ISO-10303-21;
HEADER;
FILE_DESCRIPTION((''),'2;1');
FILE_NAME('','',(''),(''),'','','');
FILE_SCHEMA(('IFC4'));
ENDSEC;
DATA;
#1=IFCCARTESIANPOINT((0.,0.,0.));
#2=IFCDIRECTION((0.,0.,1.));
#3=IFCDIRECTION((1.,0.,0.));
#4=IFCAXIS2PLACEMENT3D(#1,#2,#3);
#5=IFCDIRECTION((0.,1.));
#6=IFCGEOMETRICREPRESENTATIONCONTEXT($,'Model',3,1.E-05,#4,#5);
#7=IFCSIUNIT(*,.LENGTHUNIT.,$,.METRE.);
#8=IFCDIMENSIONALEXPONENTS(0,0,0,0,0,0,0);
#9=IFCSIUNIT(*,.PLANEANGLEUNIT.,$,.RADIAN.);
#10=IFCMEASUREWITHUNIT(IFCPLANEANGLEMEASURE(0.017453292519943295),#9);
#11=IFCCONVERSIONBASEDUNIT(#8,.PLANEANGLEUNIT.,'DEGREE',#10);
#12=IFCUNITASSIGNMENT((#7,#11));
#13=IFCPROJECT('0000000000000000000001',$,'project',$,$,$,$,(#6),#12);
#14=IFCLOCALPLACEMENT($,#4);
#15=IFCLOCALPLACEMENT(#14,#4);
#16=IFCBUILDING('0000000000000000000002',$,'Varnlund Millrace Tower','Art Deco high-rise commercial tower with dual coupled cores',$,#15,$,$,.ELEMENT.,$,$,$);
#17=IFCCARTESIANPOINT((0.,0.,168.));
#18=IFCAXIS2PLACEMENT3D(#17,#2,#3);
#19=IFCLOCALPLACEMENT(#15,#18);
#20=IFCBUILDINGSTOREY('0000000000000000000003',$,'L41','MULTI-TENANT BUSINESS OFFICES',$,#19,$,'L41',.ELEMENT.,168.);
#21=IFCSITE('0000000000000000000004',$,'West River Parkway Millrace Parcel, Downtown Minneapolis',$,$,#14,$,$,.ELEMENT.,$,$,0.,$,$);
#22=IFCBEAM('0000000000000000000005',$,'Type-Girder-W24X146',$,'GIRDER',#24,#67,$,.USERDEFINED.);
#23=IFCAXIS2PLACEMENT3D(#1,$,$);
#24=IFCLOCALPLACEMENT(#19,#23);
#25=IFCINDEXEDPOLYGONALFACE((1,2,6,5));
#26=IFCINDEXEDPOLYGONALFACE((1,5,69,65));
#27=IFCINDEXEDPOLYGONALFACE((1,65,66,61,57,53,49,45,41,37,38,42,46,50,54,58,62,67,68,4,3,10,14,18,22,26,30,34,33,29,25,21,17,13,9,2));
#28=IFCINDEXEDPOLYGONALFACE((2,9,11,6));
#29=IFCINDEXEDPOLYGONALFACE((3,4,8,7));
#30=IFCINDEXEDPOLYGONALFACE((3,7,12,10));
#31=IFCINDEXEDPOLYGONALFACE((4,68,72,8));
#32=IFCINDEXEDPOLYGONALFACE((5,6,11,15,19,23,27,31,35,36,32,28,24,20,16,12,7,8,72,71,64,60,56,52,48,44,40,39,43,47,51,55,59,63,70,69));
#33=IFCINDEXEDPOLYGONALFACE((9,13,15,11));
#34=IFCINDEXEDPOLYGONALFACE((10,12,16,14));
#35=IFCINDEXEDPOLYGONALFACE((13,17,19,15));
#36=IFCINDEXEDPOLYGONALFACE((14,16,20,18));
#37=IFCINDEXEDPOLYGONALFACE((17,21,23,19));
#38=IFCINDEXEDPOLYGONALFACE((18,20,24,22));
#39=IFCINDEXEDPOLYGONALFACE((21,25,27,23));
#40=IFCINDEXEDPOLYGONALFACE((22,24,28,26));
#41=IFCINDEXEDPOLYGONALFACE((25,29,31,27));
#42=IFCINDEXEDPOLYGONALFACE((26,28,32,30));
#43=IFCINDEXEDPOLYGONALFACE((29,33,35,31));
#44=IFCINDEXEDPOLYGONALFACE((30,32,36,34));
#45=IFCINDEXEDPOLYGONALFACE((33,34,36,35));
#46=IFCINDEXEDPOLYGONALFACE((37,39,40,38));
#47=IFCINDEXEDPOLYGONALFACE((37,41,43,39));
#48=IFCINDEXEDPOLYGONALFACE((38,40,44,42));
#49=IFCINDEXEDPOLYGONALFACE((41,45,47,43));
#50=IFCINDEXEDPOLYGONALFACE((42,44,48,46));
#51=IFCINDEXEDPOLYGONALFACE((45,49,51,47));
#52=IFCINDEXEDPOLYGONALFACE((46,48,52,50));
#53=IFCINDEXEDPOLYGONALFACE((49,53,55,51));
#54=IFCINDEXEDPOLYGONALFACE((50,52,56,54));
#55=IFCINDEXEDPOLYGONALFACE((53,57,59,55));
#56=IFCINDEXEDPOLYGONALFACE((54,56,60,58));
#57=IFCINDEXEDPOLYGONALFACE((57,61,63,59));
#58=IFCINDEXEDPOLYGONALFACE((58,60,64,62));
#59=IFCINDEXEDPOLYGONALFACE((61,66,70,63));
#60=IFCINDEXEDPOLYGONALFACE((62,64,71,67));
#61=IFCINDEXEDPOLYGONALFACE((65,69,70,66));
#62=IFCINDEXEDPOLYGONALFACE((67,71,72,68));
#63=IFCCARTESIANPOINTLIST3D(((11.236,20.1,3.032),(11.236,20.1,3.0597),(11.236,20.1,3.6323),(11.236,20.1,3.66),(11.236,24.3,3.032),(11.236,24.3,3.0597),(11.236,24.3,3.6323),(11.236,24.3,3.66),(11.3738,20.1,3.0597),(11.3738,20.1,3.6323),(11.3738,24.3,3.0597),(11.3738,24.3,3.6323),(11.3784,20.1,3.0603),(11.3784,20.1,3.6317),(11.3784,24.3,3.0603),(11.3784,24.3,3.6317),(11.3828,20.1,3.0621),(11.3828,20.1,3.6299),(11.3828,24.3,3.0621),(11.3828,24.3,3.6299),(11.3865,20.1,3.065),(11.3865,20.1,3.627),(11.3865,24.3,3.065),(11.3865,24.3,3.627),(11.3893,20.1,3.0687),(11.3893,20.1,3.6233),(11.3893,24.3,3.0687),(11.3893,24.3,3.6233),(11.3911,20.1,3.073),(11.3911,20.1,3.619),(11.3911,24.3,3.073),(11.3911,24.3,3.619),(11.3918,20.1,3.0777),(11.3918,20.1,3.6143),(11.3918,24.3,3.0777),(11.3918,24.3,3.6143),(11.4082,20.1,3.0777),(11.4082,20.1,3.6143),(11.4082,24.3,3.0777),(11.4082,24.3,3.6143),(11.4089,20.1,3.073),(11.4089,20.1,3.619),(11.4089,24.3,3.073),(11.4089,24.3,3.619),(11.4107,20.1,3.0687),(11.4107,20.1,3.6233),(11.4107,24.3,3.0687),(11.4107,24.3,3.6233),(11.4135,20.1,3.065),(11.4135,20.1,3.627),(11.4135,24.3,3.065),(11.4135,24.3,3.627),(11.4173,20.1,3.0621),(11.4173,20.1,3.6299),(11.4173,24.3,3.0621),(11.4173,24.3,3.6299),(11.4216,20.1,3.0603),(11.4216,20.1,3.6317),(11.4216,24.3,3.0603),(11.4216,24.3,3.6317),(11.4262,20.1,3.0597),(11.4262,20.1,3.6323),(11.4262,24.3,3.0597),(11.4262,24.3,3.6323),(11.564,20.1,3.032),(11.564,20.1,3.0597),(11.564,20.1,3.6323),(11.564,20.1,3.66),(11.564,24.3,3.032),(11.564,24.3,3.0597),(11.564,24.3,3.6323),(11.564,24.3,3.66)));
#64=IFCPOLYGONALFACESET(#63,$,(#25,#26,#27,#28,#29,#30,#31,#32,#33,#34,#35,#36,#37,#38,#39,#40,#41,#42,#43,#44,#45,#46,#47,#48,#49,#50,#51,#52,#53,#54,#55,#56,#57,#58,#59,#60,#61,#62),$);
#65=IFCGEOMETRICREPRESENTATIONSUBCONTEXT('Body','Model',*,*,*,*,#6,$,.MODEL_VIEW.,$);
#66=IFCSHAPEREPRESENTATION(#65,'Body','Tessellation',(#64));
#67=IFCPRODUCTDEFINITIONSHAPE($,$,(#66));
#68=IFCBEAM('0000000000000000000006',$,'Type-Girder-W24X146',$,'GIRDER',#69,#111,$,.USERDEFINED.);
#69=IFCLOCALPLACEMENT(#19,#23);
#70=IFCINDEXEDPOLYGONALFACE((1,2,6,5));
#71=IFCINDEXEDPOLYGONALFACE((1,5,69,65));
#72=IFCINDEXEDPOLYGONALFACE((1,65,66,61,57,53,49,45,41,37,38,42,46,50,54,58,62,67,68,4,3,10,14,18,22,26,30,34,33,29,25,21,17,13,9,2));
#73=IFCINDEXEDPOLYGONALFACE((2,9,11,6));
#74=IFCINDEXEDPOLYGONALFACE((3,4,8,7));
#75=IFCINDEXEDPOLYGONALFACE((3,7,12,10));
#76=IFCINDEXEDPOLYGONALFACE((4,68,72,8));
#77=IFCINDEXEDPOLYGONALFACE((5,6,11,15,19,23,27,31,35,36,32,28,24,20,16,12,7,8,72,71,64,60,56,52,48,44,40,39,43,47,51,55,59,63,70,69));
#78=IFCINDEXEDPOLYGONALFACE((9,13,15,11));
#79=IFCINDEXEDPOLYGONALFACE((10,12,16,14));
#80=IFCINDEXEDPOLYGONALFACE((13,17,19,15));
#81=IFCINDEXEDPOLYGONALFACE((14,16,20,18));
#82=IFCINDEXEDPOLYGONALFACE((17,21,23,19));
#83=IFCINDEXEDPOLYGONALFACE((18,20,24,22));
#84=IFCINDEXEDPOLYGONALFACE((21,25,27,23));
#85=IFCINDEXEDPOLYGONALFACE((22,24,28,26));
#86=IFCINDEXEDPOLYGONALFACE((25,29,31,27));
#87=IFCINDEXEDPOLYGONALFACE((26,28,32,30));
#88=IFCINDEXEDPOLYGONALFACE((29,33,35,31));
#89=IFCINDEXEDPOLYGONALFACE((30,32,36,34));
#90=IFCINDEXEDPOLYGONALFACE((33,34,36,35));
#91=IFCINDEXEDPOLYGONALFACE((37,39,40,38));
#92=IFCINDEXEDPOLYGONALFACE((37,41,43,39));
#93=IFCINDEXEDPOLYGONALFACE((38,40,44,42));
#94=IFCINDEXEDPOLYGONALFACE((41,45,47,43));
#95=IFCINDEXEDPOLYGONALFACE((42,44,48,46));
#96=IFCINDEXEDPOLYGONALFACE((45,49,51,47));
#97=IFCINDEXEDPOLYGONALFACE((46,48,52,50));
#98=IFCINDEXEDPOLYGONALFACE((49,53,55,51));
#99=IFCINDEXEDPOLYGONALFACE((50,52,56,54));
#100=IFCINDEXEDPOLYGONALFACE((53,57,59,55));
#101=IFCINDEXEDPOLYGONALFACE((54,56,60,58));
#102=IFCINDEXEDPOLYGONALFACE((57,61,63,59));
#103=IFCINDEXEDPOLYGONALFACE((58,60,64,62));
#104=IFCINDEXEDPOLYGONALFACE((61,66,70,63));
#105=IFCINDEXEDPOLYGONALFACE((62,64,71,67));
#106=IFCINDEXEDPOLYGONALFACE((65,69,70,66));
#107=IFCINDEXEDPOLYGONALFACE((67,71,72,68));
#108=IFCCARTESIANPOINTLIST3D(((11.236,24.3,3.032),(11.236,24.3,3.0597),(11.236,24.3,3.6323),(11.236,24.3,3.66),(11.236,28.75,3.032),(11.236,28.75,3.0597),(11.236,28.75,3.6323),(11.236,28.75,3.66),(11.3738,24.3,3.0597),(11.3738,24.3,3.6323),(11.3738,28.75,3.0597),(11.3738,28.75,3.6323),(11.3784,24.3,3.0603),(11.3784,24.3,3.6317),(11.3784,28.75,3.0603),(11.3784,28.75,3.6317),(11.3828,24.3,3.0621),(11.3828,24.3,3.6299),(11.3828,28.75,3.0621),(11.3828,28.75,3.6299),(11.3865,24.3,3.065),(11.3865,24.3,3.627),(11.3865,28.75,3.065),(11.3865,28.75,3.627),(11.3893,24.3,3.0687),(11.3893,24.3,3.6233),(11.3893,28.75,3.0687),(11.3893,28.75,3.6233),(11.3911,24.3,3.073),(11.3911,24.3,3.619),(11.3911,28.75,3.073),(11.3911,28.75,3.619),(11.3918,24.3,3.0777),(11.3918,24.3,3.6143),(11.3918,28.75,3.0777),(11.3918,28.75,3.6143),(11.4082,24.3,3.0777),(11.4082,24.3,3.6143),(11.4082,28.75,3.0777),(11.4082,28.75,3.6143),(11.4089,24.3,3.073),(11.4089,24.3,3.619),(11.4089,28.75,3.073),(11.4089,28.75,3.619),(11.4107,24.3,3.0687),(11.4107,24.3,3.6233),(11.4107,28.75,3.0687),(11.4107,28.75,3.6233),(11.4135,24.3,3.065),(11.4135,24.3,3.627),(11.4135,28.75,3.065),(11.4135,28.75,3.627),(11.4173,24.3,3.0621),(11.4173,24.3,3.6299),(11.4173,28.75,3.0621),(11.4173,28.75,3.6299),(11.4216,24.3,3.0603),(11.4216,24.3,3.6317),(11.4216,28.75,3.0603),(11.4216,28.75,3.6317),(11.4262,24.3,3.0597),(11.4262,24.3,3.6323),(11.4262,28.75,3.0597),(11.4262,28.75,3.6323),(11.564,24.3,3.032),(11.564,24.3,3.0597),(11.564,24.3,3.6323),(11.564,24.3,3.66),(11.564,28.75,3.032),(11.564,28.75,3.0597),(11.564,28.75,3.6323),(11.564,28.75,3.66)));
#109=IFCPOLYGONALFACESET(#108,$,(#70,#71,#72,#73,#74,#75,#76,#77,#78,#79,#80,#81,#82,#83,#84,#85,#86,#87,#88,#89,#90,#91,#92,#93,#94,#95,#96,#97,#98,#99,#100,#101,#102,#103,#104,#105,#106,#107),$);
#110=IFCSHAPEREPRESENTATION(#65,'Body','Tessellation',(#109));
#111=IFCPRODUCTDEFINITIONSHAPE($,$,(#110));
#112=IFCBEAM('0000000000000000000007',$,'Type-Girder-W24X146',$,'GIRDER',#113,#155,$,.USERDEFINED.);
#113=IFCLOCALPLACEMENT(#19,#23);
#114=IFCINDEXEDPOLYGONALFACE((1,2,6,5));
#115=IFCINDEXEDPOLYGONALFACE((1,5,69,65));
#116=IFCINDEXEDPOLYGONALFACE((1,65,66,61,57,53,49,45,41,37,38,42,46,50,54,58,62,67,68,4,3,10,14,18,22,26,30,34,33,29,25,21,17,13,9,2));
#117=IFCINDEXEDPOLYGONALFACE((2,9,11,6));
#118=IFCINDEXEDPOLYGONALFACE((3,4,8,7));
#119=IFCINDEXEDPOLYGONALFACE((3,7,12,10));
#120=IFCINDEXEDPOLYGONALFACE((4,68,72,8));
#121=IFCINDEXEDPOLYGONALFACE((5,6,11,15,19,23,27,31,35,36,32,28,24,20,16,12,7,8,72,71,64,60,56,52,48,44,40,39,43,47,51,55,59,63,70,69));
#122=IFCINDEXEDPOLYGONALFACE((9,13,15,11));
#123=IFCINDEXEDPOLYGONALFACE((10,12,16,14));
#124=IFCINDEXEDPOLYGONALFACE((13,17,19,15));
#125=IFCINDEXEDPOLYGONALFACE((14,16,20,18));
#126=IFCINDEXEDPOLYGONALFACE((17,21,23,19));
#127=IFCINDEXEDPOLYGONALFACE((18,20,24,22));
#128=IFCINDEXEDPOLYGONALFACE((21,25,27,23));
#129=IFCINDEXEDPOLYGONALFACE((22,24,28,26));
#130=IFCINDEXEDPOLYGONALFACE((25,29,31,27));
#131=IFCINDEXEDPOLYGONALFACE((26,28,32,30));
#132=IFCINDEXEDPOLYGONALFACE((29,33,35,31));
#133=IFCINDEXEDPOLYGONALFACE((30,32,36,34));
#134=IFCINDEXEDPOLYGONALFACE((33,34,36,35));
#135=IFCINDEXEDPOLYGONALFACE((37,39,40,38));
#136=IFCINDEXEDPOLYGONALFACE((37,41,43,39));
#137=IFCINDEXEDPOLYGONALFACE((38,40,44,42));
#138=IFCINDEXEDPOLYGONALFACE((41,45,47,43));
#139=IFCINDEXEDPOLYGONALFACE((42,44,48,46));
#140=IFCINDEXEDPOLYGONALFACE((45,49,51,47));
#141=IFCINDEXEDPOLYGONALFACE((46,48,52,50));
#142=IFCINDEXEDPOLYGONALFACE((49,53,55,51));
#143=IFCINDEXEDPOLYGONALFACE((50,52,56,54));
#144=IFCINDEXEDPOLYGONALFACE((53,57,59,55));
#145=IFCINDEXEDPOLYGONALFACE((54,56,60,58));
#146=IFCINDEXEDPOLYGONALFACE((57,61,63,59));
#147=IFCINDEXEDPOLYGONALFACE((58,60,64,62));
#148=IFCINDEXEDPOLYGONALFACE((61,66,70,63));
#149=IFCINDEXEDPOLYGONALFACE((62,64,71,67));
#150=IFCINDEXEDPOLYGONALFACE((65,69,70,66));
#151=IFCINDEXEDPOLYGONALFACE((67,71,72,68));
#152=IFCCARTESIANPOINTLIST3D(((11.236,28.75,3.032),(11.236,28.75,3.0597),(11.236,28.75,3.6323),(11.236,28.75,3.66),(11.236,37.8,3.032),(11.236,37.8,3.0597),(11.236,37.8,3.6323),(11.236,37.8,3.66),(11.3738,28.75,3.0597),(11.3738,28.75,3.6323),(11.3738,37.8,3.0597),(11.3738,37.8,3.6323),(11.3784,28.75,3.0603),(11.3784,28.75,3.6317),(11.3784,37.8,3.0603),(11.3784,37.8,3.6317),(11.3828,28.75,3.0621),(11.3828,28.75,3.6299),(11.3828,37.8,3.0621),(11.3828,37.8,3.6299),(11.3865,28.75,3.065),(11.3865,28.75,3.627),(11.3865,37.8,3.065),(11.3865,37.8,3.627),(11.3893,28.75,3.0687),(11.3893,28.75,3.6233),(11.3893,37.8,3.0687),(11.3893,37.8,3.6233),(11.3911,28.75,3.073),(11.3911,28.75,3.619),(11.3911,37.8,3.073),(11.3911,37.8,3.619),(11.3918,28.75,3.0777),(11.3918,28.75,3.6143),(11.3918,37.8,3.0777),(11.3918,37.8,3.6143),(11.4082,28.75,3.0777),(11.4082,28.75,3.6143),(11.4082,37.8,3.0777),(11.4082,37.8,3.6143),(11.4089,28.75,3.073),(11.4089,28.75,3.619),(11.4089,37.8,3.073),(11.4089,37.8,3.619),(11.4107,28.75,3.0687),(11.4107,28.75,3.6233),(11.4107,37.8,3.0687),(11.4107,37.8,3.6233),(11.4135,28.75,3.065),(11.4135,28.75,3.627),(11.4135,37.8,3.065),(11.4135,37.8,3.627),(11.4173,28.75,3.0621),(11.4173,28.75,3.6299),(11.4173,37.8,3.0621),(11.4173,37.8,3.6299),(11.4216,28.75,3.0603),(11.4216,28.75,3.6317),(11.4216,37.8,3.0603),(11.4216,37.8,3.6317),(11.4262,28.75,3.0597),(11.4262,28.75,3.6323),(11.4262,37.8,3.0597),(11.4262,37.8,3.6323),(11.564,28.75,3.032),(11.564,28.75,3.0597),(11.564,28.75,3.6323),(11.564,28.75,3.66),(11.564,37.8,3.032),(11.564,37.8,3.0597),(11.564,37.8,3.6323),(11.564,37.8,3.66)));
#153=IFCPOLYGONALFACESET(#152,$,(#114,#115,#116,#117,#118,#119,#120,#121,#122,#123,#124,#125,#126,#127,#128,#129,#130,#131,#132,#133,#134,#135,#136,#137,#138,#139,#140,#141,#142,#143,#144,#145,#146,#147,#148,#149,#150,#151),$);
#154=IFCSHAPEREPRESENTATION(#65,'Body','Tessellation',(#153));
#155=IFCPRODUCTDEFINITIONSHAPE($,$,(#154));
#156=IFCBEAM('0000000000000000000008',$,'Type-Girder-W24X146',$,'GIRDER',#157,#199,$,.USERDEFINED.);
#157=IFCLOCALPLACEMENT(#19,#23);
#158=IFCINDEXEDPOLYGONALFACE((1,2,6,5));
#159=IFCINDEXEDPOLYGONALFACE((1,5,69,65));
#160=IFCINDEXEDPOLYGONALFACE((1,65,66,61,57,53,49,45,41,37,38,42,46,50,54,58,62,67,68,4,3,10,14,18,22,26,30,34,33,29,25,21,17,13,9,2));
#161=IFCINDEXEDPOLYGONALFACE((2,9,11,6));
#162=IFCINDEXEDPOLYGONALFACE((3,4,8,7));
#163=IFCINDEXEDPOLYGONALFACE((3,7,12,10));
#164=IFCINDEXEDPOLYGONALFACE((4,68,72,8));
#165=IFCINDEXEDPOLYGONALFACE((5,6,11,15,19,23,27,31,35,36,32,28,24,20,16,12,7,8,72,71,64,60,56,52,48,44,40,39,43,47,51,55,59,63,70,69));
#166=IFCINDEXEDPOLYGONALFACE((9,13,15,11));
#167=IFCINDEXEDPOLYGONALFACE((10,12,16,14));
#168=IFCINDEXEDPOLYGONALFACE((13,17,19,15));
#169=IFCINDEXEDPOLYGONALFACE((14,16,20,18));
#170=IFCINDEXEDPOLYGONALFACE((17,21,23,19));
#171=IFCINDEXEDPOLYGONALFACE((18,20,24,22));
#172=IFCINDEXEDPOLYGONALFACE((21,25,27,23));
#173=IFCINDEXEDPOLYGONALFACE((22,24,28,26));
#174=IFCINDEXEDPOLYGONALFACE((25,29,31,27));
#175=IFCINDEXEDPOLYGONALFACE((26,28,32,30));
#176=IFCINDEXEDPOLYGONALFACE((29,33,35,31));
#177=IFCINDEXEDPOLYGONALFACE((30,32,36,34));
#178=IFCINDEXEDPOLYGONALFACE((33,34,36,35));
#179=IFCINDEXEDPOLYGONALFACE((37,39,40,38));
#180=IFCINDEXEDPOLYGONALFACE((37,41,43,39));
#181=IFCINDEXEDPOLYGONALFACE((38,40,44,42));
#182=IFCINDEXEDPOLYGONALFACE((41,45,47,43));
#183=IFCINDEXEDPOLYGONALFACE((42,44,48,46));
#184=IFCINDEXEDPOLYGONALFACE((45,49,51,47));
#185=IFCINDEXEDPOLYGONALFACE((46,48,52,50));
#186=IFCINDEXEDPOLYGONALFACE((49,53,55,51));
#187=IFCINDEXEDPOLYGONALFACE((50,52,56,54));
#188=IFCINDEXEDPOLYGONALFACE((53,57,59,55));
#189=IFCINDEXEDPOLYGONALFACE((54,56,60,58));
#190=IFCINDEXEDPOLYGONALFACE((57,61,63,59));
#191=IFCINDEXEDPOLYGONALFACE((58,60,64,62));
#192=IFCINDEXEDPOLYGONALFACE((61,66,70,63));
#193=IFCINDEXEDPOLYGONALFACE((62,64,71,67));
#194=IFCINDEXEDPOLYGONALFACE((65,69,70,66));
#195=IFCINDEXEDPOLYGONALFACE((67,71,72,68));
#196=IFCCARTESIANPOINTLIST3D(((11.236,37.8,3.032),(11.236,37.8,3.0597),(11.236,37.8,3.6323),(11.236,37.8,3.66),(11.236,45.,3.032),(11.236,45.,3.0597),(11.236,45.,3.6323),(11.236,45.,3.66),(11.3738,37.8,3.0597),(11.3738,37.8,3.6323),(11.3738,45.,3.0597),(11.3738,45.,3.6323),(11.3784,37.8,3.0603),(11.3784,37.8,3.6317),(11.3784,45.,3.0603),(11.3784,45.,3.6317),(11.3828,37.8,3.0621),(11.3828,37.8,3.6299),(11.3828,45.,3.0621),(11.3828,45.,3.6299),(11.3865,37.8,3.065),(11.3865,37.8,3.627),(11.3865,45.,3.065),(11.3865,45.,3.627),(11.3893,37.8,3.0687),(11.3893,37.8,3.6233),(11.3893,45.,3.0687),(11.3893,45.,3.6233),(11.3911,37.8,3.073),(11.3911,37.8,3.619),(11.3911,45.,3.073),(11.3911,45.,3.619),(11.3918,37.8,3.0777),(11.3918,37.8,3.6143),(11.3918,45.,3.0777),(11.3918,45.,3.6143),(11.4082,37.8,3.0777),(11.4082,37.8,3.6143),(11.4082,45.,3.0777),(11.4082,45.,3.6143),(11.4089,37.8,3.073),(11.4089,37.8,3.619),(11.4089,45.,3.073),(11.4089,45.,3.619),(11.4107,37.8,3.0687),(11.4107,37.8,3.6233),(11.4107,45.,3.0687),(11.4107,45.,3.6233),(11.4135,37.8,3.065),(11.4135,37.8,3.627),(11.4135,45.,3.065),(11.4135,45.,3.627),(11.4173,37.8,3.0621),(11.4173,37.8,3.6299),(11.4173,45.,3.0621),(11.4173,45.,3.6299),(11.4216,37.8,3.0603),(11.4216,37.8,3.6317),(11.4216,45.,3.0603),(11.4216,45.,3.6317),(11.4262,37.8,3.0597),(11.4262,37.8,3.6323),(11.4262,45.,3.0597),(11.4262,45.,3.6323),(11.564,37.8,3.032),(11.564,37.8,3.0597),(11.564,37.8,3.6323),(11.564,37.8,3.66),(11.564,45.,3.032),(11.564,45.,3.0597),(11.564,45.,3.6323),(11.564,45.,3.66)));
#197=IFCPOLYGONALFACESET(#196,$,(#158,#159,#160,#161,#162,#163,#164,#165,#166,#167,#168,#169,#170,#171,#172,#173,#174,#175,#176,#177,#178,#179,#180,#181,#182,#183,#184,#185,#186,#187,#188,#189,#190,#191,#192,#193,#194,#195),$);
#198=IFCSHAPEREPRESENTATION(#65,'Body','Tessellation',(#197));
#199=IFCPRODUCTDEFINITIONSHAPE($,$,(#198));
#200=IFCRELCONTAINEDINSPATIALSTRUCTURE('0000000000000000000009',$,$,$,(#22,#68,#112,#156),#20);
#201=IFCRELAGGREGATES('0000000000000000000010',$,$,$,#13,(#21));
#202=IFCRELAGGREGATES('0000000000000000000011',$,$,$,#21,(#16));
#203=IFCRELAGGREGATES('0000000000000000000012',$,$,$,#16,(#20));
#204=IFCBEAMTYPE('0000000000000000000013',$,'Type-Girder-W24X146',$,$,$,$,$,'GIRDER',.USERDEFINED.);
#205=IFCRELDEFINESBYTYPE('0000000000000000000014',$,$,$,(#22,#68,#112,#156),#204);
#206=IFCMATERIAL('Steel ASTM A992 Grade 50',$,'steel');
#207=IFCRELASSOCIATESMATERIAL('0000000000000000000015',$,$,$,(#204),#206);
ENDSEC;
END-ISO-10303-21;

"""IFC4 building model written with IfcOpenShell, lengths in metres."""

from ifc_helpers import new_model, entity, si_unit, converted_unit, direction, frame, origin_with_axes, origin_2d_with_axis, place, context, subcontext, project, spatial, i_section, extrude, material, material_profile, profile_set, type_object, element, save


model = new_model("IFC4")

# Units and contexts
model_context = context("Model", 3, precision=1e-05, world=origin_with_axes(), true_north=direction((0.0, 1.0)))
body_context = subcontext(model_context, "Body", "Model", "MODEL_VIEW")
ifc_project = project(units=[si_unit("LENGTHUNIT", "METRE"), converted_unit("PLANEANGLEUNIT", "DEGREE", entity("IfcPlaneAngleMeasure", 0.017453292519943295), si_unit("PLANEANGLEUNIT", "RADIAN"), dimensions=[0, 0, 0, 0, 0, 0, 0])], contexts=[model_context])

# Site, building, storey
site_placement = place(None, origin_with_axes())
site = spatial("IfcSite", under=ifc_project, at=site_placement, Name="West River Parkway Millrace Parcel, Downtown Minneapolis", CompositionType="ELEMENT", RefElevation=0.0)
building_placement = place(site_placement, origin_with_axes())
building = spatial("IfcBuilding", under=site, at=building_placement, Name="Varnlund Millrace Tower", Description="Art Deco high-rise commercial tower with dual coupled cores", CompositionType="ELEMENT")
storey_placement = place(building_placement, frame((0.0, 0.0, 168.0), z_axis=(0.0, 0.0, 1.0), x_axis=(1.0, 0.0, 0.0)))
storey = spatial("IfcBuildingStorey", under=building, at=storey_placement, Name="L41", Description="MULTI-TENANT BUSINESS OFFICES", LongName="L41", CompositionType="ELEMENT", Elevation=168.0)

# Beams
ifc_material_1 = material(Name="Steel ASTM A992 Grade 50", Category="steel")
ifc_material_profile_1 = material_profile(ifc_material_1, i_section(OverallWidth=0.328, OverallDepth=0.628, WebThickness=0.0165, FlangeThickness=0.0277, FilletRadius=0.018, at=origin_2d_with_axis()), Name="Steel ASTM A992 Grade 50")
ifc_profile_set_1 = profile_set([ifc_material_profile_1], Name="Steel ASTM A992 Grade 50")
beam_type_1 = type_object("IfcBeamType", Name="Type-Girder-W24X146", ElementType="GIRDER", PredefinedType="USERDEFINED", material=ifc_profile_set_1)
beam_1_placement = place(storey_placement, frame((11.4, 20.1, 3.346), z_axis=(0.0, 1.0, 0.0), x_axis=(-1.0, 0.0, 0.0)))
element("IfcBeam", 1, at=beam_1_placement, inside=storey, type_object=beam_type_1, Name="Type-Girder-W24X146", ObjectType="GIRDER", PredefinedType="USERDEFINED", context=body_context, shape_type="SweptSolid", body=[
    extrude(i_section(OverallWidth=0.328, OverallDepth=0.628, WebThickness=0.0165, FlangeThickness=0.0277, FilletRadius=0.018, at=origin_2d_with_axis()), origin_with_axes(), (0.0, 0.0, 1.0), 4.2),
])
beam_2_placement = place(storey_placement, frame((11.4, 24.3, 3.346), z_axis=(0.0, 1.0, 0.0), x_axis=(-1.0, 0.0, 0.0)))
element("IfcBeam", 2, at=beam_2_placement, inside=storey, type_object=beam_type_1, Name="Type-Girder-W24X146", ObjectType="GIRDER", PredefinedType="USERDEFINED", context=body_context, shape_type="SweptSolid", body=[
    extrude(i_section(OverallWidth=0.328, OverallDepth=0.628, WebThickness=0.0165, FlangeThickness=0.0277, FilletRadius=0.018, at=origin_2d_with_axis()), origin_with_axes(), (0.0, 0.0, 1.0), 4.45),
])
beam_3_placement = place(storey_placement, frame((11.4, 28.75, 3.346), z_axis=(0.0, 1.0, 0.0), x_axis=(-1.0, 0.0, 0.0)))
element("IfcBeam", 3, at=beam_3_placement, inside=storey, type_object=beam_type_1, Name="Type-Girder-W24X146", ObjectType="GIRDER", PredefinedType="USERDEFINED", context=body_context, shape_type="SweptSolid", body=[
    extrude(i_section(OverallWidth=0.328, OverallDepth=0.628, WebThickness=0.0165, FlangeThickness=0.0277, FilletRadius=0.018, at=origin_2d_with_axis()), origin_with_axes(), (0.0, 0.0, 1.0), 9.05),
])
beam_4_placement = place(storey_placement, frame((11.4, 37.8, 3.346), z_axis=(0.0, 1.0, 0.0), x_axis=(-1.0, 0.0, 0.0)))
element("IfcBeam", 4, at=beam_4_placement, inside=storey, type_object=beam_type_1, Name="Type-Girder-W24X146", ObjectType="GIRDER", PredefinedType="USERDEFINED", context=body_context, shape_type="SweptSolid", body=[
    extrude(i_section(OverallWidth=0.328, OverallDepth=0.628, WebThickness=0.0165, FlangeThickness=0.0277, FilletRadius=0.018, at=origin_2d_with_axis()), origin_with_axes(), (0.0, 0.0, 1.0), 7.2),
])

save(model, "model.ifc")
